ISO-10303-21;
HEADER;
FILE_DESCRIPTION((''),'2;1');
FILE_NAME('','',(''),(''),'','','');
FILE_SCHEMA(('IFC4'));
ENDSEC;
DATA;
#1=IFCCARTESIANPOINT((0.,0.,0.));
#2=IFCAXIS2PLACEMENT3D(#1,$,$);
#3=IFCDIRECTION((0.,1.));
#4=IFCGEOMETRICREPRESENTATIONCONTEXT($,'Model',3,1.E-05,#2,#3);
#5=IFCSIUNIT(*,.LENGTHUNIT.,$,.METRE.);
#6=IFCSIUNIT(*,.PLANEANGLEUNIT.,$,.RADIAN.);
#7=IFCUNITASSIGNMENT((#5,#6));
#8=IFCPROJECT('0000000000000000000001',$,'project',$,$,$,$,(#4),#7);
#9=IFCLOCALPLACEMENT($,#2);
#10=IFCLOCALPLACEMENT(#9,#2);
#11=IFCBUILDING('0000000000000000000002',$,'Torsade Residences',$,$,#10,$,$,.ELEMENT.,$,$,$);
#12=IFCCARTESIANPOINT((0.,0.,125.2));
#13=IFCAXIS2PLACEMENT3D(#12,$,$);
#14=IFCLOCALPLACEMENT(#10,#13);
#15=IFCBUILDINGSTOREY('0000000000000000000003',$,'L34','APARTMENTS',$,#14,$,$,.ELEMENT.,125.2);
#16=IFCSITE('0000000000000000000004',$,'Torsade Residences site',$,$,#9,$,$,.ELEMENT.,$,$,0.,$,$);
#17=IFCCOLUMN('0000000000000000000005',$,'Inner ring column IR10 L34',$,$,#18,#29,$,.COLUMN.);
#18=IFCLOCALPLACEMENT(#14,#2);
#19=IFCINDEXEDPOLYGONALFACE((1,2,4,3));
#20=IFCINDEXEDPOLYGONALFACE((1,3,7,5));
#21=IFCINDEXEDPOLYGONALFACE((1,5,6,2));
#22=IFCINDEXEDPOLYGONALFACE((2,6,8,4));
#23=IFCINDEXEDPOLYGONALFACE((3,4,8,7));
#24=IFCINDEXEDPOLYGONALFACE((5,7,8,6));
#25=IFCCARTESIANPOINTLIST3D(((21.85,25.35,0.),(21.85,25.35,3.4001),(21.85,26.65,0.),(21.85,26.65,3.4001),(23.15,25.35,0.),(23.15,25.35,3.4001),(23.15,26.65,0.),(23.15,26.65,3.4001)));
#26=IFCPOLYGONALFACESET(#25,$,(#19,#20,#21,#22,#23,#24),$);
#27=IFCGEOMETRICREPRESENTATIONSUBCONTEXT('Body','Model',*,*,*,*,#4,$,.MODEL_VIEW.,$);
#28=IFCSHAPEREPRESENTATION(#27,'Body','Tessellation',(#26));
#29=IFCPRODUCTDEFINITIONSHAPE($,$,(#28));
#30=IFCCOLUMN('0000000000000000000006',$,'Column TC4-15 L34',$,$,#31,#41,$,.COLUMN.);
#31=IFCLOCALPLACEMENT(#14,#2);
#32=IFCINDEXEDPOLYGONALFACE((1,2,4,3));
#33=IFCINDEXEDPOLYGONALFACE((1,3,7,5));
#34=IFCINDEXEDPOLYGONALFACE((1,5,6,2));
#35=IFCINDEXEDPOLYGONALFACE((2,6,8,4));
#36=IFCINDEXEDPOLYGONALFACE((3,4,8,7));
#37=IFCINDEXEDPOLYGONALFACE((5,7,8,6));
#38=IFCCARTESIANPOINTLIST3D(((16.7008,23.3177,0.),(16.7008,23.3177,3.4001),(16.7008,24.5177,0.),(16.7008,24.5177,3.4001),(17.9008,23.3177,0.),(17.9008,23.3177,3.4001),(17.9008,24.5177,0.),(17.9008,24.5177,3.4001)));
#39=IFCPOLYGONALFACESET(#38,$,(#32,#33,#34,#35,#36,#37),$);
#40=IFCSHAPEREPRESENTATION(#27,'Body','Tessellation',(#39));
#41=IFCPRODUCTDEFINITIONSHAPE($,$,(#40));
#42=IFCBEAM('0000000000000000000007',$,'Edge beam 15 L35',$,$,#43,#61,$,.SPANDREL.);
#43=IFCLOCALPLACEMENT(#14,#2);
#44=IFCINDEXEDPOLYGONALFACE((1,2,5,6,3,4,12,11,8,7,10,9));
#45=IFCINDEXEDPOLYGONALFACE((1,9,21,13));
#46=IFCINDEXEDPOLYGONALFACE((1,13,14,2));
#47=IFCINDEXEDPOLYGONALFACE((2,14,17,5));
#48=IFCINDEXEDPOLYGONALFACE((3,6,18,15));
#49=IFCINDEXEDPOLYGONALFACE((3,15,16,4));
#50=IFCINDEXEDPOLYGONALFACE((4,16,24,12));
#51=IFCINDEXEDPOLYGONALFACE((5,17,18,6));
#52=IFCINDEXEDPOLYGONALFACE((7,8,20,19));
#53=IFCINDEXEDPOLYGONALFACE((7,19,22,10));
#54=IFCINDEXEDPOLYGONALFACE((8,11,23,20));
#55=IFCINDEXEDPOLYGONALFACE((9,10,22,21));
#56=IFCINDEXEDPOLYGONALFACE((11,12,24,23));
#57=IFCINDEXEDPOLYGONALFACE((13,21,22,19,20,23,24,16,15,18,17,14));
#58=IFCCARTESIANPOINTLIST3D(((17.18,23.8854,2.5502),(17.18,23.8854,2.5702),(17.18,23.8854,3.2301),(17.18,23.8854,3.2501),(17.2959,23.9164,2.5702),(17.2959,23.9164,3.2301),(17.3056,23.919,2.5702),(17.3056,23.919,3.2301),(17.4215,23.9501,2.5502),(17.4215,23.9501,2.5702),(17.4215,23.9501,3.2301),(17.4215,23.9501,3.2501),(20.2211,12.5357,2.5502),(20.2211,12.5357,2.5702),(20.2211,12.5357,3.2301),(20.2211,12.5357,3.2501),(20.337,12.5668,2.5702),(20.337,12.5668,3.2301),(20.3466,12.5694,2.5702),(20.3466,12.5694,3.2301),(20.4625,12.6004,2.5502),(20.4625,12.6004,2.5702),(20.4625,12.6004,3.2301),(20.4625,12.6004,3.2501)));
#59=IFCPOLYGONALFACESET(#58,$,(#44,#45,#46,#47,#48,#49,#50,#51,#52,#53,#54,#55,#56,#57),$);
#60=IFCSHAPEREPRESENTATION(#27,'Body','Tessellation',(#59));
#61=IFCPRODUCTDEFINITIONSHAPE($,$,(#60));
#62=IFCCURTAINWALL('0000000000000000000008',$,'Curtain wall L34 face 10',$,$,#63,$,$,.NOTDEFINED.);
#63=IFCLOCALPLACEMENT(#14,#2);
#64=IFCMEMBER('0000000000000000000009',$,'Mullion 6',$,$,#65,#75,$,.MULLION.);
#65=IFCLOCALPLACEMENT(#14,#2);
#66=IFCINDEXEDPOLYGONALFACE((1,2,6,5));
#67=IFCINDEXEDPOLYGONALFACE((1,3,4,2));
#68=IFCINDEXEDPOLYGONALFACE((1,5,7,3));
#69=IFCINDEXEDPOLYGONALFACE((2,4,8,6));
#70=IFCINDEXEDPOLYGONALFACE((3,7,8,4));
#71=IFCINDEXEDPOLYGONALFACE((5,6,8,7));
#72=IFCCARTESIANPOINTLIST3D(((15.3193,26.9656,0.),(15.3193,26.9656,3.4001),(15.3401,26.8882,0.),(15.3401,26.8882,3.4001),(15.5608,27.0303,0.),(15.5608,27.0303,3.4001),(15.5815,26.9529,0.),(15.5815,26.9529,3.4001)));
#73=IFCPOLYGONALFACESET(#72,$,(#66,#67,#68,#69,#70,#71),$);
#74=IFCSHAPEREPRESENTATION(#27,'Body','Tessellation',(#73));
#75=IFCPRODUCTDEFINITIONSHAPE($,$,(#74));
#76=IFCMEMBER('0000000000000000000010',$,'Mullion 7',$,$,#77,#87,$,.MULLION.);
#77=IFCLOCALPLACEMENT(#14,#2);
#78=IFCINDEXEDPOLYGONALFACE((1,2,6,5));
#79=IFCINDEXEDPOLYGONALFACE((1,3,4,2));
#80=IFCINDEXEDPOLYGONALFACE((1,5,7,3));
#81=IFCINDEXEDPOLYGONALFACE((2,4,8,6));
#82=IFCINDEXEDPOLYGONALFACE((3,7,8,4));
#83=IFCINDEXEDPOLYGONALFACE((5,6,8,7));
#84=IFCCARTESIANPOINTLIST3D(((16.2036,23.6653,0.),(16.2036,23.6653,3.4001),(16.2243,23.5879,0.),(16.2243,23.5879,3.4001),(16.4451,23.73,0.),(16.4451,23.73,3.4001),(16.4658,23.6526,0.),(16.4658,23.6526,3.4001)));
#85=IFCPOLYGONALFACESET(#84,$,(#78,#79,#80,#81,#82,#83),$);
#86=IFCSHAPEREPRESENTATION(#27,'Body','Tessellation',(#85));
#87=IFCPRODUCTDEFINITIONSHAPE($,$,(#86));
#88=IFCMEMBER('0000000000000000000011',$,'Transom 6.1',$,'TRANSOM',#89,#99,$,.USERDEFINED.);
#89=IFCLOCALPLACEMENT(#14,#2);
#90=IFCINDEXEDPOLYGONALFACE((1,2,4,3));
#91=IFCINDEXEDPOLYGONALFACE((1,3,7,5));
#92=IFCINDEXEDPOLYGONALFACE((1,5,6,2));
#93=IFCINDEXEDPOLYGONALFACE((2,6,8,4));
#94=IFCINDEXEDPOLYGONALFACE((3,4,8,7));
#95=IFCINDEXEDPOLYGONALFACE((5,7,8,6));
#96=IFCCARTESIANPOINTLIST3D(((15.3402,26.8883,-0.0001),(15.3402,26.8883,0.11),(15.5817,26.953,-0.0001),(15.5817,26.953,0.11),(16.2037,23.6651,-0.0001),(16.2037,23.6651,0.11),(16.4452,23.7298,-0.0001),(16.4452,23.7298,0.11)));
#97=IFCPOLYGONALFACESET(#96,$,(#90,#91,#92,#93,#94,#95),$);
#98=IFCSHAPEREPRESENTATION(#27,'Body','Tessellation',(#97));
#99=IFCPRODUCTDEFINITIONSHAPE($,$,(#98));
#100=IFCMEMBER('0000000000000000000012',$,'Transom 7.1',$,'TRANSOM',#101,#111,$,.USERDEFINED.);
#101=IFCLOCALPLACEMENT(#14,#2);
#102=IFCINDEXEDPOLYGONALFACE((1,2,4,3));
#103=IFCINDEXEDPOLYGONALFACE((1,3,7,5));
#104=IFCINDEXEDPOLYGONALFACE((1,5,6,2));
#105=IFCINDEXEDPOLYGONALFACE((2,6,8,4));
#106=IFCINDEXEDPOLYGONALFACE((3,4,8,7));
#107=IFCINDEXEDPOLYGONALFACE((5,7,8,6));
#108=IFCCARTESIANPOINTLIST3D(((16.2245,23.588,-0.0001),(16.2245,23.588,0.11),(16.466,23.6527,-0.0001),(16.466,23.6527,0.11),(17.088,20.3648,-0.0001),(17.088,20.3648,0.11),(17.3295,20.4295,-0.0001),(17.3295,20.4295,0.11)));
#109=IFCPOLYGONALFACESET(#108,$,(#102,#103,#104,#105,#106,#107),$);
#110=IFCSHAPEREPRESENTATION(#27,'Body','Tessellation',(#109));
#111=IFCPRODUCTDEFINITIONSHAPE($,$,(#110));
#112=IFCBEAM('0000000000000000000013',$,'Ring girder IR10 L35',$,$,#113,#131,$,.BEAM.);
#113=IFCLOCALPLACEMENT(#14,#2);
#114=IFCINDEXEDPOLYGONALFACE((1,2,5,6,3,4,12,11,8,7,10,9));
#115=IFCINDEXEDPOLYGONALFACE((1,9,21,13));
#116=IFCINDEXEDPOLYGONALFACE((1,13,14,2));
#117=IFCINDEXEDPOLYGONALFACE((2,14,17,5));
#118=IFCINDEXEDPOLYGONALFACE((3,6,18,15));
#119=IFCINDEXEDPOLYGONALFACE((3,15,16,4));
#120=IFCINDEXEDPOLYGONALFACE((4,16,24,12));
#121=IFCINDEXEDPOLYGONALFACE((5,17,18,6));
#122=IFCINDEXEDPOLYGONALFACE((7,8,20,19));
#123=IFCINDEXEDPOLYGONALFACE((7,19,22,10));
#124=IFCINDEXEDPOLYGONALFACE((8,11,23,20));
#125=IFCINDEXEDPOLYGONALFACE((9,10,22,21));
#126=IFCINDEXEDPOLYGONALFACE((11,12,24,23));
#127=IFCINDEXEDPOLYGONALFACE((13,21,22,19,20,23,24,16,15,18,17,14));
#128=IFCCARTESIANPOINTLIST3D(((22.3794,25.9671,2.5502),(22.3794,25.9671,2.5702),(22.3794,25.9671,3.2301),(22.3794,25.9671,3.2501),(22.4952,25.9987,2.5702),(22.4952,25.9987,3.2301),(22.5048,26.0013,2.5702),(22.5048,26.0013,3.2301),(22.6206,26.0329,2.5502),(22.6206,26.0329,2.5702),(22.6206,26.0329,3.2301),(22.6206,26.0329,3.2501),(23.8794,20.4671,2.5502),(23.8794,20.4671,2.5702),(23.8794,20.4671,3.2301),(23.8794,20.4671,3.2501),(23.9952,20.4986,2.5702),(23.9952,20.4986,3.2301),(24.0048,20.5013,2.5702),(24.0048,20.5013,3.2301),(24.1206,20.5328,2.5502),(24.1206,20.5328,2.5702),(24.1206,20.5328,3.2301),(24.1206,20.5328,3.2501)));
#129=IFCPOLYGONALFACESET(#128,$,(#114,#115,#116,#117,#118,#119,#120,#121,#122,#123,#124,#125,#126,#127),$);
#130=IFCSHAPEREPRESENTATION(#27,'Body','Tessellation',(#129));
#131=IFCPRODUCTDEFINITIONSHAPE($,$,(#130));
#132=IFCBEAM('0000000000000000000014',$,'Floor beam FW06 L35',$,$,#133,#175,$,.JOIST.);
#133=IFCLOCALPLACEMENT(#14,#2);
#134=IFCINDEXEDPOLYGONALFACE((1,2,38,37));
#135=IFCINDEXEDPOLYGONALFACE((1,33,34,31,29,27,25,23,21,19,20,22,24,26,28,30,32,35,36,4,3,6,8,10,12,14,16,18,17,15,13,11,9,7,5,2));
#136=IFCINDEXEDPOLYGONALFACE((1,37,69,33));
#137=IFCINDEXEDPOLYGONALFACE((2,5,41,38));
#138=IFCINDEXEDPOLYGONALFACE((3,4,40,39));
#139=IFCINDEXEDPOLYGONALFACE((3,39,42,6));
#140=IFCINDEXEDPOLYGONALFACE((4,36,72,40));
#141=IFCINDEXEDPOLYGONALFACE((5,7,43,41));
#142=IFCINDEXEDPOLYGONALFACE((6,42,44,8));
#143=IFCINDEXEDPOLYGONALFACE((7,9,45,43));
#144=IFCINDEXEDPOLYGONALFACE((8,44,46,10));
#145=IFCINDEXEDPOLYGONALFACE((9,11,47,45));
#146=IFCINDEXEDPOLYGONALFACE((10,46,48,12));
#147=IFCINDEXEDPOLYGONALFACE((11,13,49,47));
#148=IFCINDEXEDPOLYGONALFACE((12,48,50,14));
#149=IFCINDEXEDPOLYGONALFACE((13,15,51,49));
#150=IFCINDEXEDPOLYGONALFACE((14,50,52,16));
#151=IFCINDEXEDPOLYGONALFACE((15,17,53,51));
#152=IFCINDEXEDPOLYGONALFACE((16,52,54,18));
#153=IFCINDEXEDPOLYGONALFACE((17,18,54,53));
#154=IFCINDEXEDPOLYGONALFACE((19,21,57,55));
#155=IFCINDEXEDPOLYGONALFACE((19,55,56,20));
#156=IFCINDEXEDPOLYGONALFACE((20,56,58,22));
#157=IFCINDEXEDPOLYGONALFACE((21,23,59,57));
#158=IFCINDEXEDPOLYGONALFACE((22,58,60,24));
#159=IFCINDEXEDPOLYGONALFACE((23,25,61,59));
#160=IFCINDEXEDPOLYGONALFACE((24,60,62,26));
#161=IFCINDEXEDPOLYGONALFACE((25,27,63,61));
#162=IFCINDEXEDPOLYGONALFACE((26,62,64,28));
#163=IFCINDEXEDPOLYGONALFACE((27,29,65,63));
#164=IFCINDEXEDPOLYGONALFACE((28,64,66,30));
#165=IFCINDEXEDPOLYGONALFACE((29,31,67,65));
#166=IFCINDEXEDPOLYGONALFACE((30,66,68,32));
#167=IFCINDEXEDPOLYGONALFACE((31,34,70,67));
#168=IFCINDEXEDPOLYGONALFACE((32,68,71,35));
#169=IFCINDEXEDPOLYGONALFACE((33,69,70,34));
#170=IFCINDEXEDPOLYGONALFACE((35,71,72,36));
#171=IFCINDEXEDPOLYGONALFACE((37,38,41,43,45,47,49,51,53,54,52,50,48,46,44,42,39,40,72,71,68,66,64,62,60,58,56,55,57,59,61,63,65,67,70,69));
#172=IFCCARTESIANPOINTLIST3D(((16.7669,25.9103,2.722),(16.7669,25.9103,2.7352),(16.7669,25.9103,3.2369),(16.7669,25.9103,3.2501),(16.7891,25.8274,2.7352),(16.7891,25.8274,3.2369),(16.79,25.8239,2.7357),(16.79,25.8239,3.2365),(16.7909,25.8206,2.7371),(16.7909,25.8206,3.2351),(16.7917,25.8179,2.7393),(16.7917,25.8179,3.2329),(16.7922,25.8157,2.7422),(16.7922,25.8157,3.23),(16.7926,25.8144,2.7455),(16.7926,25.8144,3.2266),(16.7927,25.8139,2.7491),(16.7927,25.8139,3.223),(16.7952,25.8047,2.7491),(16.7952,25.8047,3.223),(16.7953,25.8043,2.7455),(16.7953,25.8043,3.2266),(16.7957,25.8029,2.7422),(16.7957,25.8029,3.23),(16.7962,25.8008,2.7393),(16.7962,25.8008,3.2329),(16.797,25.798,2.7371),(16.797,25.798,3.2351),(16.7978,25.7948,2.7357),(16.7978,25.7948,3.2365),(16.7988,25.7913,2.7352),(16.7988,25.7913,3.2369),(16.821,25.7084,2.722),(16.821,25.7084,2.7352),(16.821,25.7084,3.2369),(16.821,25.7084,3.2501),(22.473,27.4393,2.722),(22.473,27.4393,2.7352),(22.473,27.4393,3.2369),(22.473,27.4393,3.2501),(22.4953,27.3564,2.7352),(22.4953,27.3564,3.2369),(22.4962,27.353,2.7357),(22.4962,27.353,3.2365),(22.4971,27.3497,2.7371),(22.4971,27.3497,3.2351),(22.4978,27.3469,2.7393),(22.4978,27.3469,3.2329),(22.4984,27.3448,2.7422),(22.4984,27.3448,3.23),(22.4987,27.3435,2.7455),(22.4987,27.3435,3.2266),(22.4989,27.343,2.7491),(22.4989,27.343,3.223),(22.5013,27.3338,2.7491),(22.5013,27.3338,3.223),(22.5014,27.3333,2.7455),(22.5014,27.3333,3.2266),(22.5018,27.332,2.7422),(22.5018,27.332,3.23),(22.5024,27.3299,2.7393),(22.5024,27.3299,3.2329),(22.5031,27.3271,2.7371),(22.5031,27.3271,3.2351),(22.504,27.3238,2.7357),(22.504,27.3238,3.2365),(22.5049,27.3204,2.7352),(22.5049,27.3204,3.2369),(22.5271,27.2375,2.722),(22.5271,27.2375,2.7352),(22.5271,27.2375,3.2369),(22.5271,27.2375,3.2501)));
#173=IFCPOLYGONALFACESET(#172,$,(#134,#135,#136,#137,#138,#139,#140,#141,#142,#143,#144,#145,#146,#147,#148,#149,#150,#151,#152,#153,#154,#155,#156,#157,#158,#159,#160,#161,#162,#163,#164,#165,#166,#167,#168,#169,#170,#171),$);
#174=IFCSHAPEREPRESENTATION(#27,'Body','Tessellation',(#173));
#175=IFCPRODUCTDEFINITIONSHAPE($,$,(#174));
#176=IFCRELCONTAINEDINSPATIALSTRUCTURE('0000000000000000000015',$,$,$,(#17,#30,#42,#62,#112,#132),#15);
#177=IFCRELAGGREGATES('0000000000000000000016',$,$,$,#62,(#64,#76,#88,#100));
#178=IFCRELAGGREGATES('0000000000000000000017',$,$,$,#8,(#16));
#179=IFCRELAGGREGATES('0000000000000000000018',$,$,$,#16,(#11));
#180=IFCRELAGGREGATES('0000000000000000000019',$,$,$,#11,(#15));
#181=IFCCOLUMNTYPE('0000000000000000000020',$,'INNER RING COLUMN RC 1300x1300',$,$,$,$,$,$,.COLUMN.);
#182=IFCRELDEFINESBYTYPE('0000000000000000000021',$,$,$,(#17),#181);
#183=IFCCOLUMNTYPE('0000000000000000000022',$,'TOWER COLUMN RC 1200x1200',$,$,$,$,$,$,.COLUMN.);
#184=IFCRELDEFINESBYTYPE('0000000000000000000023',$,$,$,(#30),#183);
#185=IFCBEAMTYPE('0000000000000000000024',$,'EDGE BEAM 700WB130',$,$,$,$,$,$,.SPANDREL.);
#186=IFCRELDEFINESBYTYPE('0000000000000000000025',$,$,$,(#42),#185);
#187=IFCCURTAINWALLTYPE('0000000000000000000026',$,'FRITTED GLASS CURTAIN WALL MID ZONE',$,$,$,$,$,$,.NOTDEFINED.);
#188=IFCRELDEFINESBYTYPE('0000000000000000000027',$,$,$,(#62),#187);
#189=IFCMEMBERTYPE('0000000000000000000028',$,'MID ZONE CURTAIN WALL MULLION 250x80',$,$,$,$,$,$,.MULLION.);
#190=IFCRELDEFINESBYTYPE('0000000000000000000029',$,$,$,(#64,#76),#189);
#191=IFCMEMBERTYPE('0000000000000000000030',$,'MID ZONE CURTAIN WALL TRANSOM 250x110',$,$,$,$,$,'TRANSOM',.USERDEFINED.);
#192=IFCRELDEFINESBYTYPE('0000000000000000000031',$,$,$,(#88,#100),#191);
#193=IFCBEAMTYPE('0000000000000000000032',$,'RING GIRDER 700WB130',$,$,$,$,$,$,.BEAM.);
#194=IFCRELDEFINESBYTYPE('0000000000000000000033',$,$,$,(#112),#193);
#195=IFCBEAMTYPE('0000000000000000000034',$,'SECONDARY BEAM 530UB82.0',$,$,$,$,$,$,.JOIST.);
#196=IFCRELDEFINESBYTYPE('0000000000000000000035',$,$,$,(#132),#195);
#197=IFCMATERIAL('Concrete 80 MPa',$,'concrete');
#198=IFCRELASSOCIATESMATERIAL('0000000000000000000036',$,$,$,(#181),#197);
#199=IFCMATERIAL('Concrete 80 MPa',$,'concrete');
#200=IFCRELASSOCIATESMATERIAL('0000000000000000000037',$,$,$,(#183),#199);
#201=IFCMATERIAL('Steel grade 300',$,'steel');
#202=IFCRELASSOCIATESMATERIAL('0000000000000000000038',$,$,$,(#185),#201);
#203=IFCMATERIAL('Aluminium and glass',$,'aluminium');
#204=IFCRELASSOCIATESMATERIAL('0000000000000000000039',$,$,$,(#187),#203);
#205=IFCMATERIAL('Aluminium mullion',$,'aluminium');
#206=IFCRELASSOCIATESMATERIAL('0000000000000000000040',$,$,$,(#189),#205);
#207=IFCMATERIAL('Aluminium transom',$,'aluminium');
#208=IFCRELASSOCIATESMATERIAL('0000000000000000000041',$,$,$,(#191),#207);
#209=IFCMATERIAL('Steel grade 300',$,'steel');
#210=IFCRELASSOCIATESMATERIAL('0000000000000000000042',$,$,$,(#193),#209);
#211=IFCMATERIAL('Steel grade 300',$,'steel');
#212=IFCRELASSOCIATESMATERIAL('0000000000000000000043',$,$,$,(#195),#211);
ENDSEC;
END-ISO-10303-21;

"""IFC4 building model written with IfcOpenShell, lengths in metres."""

from ifc_helpers import new_model, si_unit, direction, frame, origin, origin_2d, place, context, subcontext, project, spatial, rectangle, i_section, extrude, material, material_profile, profile_set, type_object, element, aggregate, save


model = new_model("IFC4")

# Units and contexts
model_context = context("Model", 3, precision=1e-05, world=origin(), true_north=direction((0.0, 1.0)))
body_context = subcontext(model_context, "Body", "Model", "MODEL_VIEW")
ifc_project = project(units=[si_unit("LENGTHUNIT", "METRE"), si_unit("PLANEANGLEUNIT", "RADIAN")], contexts=[model_context])

# Site, building, storey
site_placement = place(None, origin())
site = spatial("IfcSite", under=ifc_project, at=site_placement, Name="Torsade Residences site", CompositionType="ELEMENT", RefElevation=0.0)
building_placement = place(site_placement, origin())
building = spatial("IfcBuilding", under=site, at=building_placement, Name="Torsade Residences", CompositionType="ELEMENT")
storey_placement = place(building_placement, frame((0.0, 0.0, 125.2)))
storey = spatial("IfcBuildingStorey", under=building, at=storey_placement, Name="L34", Description="APARTMENTS", CompositionType="ELEMENT", Elevation=125.2)

# Columns
ifc_material_1 = material(Name="Concrete 80 MPa", Category="concrete")
ifc_material_profile_1 = material_profile(ifc_material_1, rectangle(XDim=1.3, YDim=1.3, at=origin_2d()), Name="RC 1300x1300")
ifc_profile_set_1 = profile_set([ifc_material_profile_1], Name="Concrete 80 MPa")
column_type_1 = type_object("IfcColumnType", Name="INNER RING COLUMN RC 1300x1300", PredefinedType="COLUMN", material=ifc_profile_set_1)
column_1_placement = place(storey_placement, frame((22.5, 26.0, 0.0), z_axis=(0.0, 0.0, 1.0), x_axis=(1.0, 0.0, 0.0)))
element("IfcColumn", 1, at=column_1_placement, inside=storey, type_object=column_type_1, Name="Inner ring column IR10 L34", PredefinedType="COLUMN", context=body_context, shape_type="SweptSolid", body=[
    extrude(rectangle(XDim=1.3, YDim=1.3, at=origin_2d()), origin(), (0.0, 0.0, 1.0), 3.4001),
])
ifc_material_2 = material(Name="Concrete 80 MPa", Category="concrete")
ifc_material_profile_2 = material_profile(ifc_material_2, rectangle(XDim=1.2, YDim=1.2, at=origin_2d()), Name="RC 1200x1200")
ifc_profile_set_2 = profile_set([ifc_material_profile_2], Name="Concrete 80 MPa")
column_type_2 = type_object("IfcColumnType", Name="TOWER COLUMN RC 1200x1200", PredefinedType="COLUMN", material=ifc_profile_set_2)
column_2_placement = place(storey_placement, frame((17.3008, 23.9177, 0.0), z_axis=(0.0, 0.0, 1.0), x_axis=(1.0, 0.0, 0.0)))
element("IfcColumn", 2, at=column_2_placement, inside=storey, type_object=column_type_2, Name="Column TC4-15 L34", PredefinedType="COLUMN", context=body_context, shape_type="SweptSolid", body=[
    extrude(rectangle(XDim=1.2, YDim=1.2, at=origin_2d()), origin(), (0.0, 0.0, 1.0), 3.4001),
])

# Beam
ifc_material_3 = material(Name="Steel grade 300", Category="steel")
ifc_material_profile_3 = material_profile(ifc_material_3, i_section(OverallWidth=0.25, OverallDepth=0.7, WebThickness=0.01, FlangeThickness=0.02, at=origin_2d()), Name="700WB130")
ifc_profile_set_3 = profile_set([ifc_material_profile_3], Name="Steel grade 300")
beam_type_1 = type_object("IfcBeamType", Name="EDGE BEAM 700WB130", PredefinedType="SPANDREL", material=ifc_profile_set_3)
beam_1_placement = place(storey_placement, frame((17.3008, 23.9177, 2.9001), z_axis=(0.258811, -0.965928, 0.0), x_axis=(0.965928, 0.258811, 0.0)))
element("IfcBeam", 3, at=beam_1_placement, inside=storey, type_object=beam_type_1, Name="Edge beam 15 L35", PredefinedType="SPANDREL", context=body_context, shape_type="SweptSolid", body=[
    extrude(i_section(OverallWidth=0.25, OverallDepth=0.7, WebThickness=0.01, FlangeThickness=0.02, at=origin_2d()), origin(), (0.0, 0.0, 1.0), 11.75),
])

# Curtain wall, members
ifc_material_4 = material(Name="Aluminium and glass", Category="aluminium")
curtain_wall_type = type_object("IfcCurtainWallType", Name="FRITTED GLASS CURTAIN WALL MID ZONE", PredefinedType="NOTDEFINED", material=ifc_material_4)
curtain_wall_placement = place(storey_placement, origin())
curtain_wall = element("IfcCurtainWall", 4, at=curtain_wall_placement, inside=storey, type_object=curtain_wall_type, Name="Curtain wall L34 face 10", PredefinedType="NOTDEFINED")
ifc_material_5 = material(Name="Aluminium mullion", Category="aluminium")
ifc_material_profile_4 = material_profile(ifc_material_5, rectangle(XDim=0.25, YDim=0.0801, at=origin_2d()), Name="MID ZONE CURTAIN WALL MULLION 250x80")
ifc_profile_set_4 = profile_set([ifc_material_profile_4], Name="Aluminium mullion")
member_type_1 = type_object("IfcMemberType", Name="MID ZONE CURTAIN WALL MULLION 250x80", PredefinedType="MULLION", material=ifc_profile_set_4)
member_1_placement = place(storey_placement, frame((15.4504, 26.9592, 0.0), z_axis=(0.0, 0.0, 1.0), x_axis=(0.965926, 0.258819, 0.0)))
member_1 = element("IfcMember", 5, at=member_1_placement, type_object=member_type_1, Name="Mullion 6", PredefinedType="MULLION", context=body_context, shape_type="SweptSolid", body=[
    extrude(rectangle(XDim=0.25, YDim=0.0801, at=origin_2d()), origin(), (0.0, 0.0, 1.0), 3.4001),
])
member_2_placement = place(storey_placement, frame((16.3347, 23.6589, 0.0), z_axis=(0.0, 0.0, 1.0), x_axis=(0.965926, 0.258819, 0.0)))
member_2 = element("IfcMember", 6, at=member_2_placement, type_object=member_type_1, Name="Mullion 7", PredefinedType="MULLION", context=body_context, shape_type="SweptSolid", body=[
    extrude(rectangle(XDim=0.25, YDim=0.0801, at=origin_2d()), origin(), (0.0, 0.0, 1.0), 3.4001),
])
ifc_material_6 = material(Name="Aluminium transom", Category="aluminium")
ifc_material_profile_5 = material_profile(ifc_material_6, rectangle(XDim=0.25, YDim=0.1101, at=origin_2d()), Name="MID ZONE CURTAIN WALL TRANSOM 250x110")
ifc_profile_set_5 = profile_set([ifc_material_profile_5], Name="Aluminium transom")
member_type_2 = type_object("IfcMemberType", Name="MID ZONE CURTAIN WALL TRANSOM 250x110", ElementType="TRANSOM", PredefinedType="USERDEFINED", material=ifc_profile_set_5)
member_3_placement = place(storey_placement, frame((15.4609, 26.9207, 0.0549), z_axis=(0.258787, -0.965934, 0.0), x_axis=(0.965934, 0.258787, 0.0)))
member_3 = element("IfcMember", 7, at=member_3_placement, type_object=member_type_2, Name="Transom 6.1", ObjectType="TRANSOM", PredefinedType="USERDEFINED", context=body_context, shape_type="SweptSolid", body=[
    extrude(rectangle(XDim=0.25, YDim=0.1101, at=origin_2d()), origin(), (0.0, 0.0, 1.0), 3.3369),
])
member_4_placement = place(storey_placement, frame((16.3452, 23.6204, 0.0549), z_axis=(0.258787, -0.965934, 0.0), x_axis=(0.965934, 0.258787, 0.0)))
member_4 = element("IfcMember", 8, at=member_4_placement, type_object=member_type_2, Name="Transom 7.1", ObjectType="TRANSOM", PredefinedType="USERDEFINED", context=body_context, shape_type="SweptSolid", body=[
    extrude(rectangle(XDim=0.25, YDim=0.1101, at=origin_2d()), origin(), (0.0, 0.0, 1.0), 3.3369),
])

# Beams
ifc_material_7 = material(Name="Steel grade 300", Category="steel")
ifc_material_profile_6 = material_profile(ifc_material_7, i_section(OverallWidth=0.25, OverallDepth=0.7, WebThickness=0.01, FlangeThickness=0.02, at=origin_2d()), Name="700WB130")
ifc_profile_set_6 = profile_set([ifc_material_profile_6], Name="Steel grade 300")
beam_type_2 = type_object("IfcBeamType", Name="RING GIRDER 700WB130", PredefinedType="BEAM", material=ifc_profile_set_6)
beam_2_placement = place(storey_placement, frame((22.5, 26.0, 2.9001), z_axis=(0.263117, -0.964764, 0.0), x_axis=(0.964764, 0.263117, 0.0)))
element("IfcBeam", 9, at=beam_2_placement, inside=storey, type_object=beam_type_2, Name="Ring girder IR10 L35", PredefinedType="BEAM", context=body_context, shape_type="SweptSolid", body=[
    extrude(i_section(OverallWidth=0.25, OverallDepth=0.7, WebThickness=0.01, FlangeThickness=0.02, at=origin_2d()), origin(), (0.0, 0.0, 1.0), 5.7009),
])
ifc_material_8 = material(Name="Steel grade 300", Category="steel")
ifc_material_profile_7 = material_profile(ifc_material_8, i_section(OverallWidth=0.209, OverallDepth=0.5281, WebThickness=0.0095, FlangeThickness=0.0132, FilletRadius=0.0139, at=origin_2d()), Name="530UB82.0")
ifc_profile_set_7 = profile_set([ifc_material_profile_7], Name="Steel grade 300")
beam_type_3 = type_object("IfcBeamType", Name="SECONDARY BEAM 530UB82.0", PredefinedType="JOIST", material=ifc_profile_set_7)
beam_3_placement = place(storey_placement, frame((16.7939, 25.8093, 2.9861), z_axis=(0.965921, 0.258838, 0.0), x_axis=(-0.258838, 0.965921, 0.0)))
element("IfcBeam", 10, at=beam_3_placement, inside=storey, type_object=beam_type_3, Name="Floor beam FW06 L35", PredefinedType="JOIST", context=body_context, shape_type="SweptSolid", body=[
    extrude(i_section(OverallWidth=0.209, OverallDepth=0.5281, WebThickness=0.0095, FlangeThickness=0.0132, FilletRadius=0.0139, at=origin_2d()), origin(), (0.0, 0.0, 1.0), 5.9075),
])

aggregate(curtain_wall, [member_1, member_2, member_3, member_4])

save(model, "model.ifc")
